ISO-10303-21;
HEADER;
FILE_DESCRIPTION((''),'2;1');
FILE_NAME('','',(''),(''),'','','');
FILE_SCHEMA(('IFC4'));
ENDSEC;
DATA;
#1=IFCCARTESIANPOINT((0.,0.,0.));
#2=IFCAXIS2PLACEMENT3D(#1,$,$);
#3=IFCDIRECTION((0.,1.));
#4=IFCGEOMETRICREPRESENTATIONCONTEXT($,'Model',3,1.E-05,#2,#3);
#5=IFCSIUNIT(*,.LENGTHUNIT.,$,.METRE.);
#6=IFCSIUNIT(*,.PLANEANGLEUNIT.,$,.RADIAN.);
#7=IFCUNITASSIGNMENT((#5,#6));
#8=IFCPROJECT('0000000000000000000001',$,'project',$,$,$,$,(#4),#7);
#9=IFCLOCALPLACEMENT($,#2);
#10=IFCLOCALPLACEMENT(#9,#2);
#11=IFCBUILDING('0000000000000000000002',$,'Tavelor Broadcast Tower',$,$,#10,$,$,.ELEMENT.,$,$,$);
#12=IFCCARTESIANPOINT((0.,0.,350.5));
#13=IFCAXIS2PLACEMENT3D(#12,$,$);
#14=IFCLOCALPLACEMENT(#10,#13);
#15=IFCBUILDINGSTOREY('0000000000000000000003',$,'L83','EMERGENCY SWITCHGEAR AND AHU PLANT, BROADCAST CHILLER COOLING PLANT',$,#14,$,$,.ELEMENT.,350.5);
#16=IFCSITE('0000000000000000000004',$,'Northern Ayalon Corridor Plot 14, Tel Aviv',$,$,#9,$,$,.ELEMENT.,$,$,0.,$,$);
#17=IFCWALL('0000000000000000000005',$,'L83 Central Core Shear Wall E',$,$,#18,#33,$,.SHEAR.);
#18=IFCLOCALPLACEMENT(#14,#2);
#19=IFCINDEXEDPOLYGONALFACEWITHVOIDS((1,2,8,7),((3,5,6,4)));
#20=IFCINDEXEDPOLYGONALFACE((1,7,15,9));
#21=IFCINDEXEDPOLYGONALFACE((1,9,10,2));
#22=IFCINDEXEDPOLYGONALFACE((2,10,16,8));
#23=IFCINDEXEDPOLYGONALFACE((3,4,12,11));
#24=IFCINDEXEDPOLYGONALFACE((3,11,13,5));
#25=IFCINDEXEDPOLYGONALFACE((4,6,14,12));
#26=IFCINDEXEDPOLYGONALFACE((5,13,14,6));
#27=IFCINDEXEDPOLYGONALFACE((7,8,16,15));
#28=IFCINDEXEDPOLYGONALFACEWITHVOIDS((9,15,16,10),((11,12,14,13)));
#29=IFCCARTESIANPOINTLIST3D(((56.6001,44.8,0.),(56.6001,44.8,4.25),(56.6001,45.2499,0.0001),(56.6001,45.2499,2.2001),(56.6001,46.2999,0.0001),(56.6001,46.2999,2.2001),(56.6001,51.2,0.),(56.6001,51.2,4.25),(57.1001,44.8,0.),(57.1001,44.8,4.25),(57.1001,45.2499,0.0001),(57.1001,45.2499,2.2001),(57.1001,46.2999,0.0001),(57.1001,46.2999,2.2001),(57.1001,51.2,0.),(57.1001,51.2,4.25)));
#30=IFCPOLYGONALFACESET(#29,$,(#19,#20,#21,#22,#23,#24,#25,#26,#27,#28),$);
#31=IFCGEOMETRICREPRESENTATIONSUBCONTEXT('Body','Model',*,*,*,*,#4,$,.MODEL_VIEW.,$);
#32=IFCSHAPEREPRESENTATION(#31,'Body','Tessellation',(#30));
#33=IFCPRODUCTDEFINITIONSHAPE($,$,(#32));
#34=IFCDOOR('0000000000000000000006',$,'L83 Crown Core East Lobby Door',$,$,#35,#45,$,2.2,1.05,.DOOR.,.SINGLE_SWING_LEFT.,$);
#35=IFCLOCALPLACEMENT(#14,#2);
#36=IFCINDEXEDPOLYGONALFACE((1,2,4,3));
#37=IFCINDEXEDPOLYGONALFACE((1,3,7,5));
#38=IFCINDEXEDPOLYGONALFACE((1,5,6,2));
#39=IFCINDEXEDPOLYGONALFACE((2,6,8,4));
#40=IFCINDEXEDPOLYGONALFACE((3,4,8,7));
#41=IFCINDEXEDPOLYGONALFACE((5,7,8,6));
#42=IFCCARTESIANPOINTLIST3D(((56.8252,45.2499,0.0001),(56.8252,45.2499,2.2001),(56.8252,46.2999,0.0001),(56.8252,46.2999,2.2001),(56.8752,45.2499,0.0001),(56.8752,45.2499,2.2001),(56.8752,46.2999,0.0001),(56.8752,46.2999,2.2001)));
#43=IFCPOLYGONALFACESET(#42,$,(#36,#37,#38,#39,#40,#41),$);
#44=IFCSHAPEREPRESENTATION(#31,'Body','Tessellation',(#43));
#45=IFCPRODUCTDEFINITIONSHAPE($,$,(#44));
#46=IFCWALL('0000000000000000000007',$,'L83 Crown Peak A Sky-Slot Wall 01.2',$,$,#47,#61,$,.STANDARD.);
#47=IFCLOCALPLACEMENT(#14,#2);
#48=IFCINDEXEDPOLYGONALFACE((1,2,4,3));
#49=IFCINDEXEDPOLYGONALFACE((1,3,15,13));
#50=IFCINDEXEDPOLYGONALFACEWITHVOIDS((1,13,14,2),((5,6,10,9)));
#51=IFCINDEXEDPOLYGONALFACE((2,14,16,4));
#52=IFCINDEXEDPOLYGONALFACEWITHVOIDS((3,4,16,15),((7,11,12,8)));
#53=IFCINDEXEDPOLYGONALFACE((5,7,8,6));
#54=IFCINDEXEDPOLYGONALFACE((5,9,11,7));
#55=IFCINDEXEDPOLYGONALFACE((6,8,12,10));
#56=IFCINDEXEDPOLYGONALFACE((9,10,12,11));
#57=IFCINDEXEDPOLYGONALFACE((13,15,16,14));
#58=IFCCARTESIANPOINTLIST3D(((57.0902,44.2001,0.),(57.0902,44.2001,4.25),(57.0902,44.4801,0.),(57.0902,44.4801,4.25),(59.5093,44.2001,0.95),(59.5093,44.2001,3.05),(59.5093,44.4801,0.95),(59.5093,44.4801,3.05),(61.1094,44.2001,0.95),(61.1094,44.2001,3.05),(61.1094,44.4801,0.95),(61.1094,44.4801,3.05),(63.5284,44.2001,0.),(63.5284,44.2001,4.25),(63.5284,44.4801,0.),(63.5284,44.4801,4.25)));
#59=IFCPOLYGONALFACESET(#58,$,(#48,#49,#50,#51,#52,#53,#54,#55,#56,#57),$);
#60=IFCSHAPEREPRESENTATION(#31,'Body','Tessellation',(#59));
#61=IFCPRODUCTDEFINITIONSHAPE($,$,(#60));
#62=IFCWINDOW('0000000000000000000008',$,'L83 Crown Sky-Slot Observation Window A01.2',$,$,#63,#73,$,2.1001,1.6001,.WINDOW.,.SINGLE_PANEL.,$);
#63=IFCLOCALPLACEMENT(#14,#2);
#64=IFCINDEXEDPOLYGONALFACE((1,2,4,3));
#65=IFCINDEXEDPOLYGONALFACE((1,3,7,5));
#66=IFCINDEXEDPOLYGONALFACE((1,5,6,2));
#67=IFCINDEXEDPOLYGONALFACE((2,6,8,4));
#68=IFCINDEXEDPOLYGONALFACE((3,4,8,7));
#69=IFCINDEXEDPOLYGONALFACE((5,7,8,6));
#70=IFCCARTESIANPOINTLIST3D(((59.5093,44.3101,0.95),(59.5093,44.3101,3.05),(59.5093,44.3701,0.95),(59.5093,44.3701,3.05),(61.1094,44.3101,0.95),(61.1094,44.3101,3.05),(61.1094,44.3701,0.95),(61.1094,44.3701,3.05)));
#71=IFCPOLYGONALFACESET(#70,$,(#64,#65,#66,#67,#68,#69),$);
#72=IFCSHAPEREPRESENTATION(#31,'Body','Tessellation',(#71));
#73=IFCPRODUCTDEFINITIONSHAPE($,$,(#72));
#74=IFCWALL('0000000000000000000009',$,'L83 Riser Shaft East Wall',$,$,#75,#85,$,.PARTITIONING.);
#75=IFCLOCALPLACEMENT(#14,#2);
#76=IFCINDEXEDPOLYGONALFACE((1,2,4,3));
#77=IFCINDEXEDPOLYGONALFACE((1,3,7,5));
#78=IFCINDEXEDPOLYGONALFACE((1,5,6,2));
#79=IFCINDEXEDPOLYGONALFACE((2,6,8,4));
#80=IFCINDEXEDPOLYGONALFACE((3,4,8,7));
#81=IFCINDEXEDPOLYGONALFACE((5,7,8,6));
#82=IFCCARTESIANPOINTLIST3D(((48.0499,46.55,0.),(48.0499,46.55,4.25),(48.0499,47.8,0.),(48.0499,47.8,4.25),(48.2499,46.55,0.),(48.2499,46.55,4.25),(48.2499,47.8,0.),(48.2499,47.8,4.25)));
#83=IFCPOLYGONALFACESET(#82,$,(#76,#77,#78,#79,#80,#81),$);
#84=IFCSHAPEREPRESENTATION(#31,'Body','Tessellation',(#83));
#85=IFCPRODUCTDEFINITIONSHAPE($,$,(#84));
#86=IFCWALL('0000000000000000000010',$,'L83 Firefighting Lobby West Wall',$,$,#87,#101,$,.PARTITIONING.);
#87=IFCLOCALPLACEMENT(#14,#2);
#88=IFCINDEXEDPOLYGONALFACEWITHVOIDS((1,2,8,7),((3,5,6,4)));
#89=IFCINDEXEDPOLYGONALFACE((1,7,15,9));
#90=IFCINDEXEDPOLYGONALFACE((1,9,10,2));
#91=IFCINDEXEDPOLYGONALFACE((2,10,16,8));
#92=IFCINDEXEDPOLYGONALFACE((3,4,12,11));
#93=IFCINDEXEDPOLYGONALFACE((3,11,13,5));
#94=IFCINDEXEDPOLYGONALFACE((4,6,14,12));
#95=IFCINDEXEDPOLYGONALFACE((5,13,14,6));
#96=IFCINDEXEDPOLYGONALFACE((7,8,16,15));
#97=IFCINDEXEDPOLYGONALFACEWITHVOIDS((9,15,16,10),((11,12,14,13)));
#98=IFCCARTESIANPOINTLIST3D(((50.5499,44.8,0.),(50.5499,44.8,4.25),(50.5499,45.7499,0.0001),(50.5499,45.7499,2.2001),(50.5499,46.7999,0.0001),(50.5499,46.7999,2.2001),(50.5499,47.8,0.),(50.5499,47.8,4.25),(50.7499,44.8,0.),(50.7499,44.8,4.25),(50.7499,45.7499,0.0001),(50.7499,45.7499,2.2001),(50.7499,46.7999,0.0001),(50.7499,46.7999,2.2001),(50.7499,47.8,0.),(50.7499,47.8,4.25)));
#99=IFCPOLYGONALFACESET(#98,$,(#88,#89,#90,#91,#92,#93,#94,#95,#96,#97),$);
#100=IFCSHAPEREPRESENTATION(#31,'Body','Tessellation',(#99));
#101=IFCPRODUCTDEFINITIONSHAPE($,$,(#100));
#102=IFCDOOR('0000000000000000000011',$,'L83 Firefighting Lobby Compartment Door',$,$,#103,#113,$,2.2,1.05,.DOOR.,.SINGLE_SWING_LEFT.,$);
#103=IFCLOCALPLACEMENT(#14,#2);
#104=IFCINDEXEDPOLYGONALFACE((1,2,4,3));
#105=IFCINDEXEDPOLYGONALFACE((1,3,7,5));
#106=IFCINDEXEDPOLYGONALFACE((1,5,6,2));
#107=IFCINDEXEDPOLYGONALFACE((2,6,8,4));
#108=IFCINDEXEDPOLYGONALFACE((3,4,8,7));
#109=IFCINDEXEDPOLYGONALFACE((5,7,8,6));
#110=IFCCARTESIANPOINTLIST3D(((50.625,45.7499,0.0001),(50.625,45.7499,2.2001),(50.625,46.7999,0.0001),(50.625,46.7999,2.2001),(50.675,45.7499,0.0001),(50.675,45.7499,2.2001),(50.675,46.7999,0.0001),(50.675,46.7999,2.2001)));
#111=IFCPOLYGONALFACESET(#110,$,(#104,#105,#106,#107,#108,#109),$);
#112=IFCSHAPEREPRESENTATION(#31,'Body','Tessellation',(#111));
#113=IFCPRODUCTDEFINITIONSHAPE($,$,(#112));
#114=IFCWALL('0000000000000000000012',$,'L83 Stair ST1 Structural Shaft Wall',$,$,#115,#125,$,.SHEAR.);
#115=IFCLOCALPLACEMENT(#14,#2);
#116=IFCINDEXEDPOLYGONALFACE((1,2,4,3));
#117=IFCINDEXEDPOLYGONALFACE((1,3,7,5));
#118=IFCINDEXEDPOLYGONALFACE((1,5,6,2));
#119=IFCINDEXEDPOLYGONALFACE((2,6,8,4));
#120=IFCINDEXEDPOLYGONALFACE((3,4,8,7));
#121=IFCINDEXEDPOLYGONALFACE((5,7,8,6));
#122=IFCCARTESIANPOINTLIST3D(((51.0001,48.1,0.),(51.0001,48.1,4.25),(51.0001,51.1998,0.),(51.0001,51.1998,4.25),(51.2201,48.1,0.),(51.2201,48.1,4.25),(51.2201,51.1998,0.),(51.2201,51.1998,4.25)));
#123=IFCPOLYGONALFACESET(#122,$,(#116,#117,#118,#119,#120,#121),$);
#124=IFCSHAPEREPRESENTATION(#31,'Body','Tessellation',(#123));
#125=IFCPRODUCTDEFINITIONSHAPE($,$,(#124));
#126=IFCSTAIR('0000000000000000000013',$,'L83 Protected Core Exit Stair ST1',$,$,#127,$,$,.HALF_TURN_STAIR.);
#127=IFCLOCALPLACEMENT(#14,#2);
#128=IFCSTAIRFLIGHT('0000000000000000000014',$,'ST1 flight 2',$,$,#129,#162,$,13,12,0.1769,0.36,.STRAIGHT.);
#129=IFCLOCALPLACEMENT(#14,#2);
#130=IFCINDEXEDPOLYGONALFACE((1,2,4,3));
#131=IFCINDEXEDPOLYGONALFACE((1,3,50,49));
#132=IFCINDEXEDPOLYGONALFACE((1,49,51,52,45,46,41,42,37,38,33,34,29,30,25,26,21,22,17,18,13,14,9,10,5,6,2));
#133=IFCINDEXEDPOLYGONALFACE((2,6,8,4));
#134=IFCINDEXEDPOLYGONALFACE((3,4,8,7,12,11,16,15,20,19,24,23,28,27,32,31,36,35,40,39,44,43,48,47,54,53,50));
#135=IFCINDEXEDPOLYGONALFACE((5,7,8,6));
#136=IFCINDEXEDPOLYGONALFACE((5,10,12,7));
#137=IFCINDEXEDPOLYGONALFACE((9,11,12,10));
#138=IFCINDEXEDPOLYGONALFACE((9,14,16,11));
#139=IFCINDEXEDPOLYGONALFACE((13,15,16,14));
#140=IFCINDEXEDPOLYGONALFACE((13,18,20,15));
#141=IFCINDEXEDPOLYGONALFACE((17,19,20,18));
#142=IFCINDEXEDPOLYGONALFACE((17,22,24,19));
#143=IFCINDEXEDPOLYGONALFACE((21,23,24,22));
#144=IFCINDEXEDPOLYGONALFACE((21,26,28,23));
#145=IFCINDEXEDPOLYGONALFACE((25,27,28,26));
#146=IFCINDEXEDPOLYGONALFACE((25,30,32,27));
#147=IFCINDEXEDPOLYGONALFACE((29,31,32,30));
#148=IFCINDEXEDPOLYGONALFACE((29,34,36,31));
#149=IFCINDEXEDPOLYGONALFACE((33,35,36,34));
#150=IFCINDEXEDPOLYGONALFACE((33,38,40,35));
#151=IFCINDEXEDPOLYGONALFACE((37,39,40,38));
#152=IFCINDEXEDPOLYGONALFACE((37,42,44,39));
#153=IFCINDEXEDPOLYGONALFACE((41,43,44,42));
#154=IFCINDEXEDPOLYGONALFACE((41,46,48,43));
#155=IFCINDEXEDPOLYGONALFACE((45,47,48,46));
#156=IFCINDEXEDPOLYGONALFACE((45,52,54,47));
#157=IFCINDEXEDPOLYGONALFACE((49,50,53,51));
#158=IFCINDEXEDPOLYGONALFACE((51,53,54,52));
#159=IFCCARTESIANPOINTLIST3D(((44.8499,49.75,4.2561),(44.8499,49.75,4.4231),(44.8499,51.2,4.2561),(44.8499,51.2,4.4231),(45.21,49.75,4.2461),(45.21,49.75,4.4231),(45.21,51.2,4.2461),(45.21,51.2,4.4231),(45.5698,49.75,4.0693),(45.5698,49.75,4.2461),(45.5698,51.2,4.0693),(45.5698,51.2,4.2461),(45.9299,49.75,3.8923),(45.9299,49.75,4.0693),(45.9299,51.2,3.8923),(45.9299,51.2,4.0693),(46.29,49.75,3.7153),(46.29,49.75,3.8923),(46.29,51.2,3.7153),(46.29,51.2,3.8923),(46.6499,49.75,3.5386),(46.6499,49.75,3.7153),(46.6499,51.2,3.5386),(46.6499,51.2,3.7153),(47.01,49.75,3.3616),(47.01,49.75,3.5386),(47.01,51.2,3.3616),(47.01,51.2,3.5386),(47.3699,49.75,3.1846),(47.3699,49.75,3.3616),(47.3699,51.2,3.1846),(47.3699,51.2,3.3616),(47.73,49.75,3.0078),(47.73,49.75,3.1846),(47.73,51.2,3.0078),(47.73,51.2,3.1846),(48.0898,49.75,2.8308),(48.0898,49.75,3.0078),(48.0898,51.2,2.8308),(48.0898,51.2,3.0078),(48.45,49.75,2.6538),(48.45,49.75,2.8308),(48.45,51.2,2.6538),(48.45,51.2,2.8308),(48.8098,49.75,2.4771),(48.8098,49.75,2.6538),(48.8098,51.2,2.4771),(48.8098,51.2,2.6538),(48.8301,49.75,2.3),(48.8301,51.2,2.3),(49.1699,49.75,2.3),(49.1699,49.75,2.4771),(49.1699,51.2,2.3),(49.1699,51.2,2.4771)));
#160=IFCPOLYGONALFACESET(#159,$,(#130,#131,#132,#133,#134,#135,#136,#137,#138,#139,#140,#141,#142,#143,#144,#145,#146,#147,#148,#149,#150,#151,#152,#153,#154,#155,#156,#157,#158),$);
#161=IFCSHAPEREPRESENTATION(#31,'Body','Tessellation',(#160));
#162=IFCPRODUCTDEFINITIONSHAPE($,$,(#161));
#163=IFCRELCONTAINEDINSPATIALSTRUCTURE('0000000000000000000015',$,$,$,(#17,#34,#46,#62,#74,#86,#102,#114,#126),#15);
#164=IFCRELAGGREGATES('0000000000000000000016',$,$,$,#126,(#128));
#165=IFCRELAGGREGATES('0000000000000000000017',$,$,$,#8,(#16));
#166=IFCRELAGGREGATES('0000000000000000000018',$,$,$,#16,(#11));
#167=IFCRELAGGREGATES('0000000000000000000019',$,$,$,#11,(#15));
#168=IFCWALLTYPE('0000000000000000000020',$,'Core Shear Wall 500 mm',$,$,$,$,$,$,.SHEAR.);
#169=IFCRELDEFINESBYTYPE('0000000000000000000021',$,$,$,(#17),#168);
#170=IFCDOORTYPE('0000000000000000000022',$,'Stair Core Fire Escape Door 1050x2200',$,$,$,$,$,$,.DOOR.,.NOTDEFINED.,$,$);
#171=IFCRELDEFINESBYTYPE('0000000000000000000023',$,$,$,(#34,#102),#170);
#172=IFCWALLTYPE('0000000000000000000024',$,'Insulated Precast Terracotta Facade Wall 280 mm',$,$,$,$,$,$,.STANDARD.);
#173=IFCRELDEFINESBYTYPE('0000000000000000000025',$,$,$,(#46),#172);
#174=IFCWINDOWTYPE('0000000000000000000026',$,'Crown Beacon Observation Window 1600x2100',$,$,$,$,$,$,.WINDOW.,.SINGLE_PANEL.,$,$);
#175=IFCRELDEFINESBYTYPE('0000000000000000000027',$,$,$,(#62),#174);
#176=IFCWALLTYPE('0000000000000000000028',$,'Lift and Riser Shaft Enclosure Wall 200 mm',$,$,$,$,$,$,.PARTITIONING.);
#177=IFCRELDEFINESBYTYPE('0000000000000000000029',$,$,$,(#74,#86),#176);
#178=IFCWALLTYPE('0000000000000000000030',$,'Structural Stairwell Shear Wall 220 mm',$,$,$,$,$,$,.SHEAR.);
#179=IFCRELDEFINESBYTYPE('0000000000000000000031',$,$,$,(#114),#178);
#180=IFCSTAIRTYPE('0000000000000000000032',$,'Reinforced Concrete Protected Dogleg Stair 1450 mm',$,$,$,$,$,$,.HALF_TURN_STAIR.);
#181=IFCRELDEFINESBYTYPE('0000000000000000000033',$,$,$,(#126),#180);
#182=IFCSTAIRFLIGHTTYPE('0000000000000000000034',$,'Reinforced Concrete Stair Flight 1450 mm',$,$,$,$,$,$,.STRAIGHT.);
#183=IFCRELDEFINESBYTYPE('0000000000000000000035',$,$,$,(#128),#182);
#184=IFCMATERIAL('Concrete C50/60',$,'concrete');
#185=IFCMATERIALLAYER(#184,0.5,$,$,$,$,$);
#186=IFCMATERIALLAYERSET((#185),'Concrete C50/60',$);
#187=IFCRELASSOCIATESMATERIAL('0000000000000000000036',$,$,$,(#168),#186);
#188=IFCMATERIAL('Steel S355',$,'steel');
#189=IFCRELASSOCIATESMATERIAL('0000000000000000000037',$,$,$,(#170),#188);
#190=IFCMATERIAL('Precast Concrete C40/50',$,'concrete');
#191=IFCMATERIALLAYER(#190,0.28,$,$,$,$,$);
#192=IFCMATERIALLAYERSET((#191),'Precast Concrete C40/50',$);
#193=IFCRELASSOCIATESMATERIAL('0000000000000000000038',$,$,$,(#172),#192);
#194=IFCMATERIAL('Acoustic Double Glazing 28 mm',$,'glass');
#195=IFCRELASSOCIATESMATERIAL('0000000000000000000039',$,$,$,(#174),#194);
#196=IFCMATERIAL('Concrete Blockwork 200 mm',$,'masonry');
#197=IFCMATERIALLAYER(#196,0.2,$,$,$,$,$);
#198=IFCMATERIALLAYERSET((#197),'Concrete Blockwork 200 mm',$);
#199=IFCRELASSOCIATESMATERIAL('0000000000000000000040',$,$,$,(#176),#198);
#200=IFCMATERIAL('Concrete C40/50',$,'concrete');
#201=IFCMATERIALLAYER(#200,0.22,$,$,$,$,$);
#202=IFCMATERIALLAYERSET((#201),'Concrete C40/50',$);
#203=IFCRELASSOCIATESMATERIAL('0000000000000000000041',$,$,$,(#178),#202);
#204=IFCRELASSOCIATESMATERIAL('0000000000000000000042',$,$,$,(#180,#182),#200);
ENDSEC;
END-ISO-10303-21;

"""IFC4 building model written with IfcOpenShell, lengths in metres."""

from ifc_helpers import new_model, si_unit, direction, frame, frame_2d, origin, place, context, subcontext, project, spatial, polyline, rectangle, outline, extrude, material, layer, layer_set, type_object, element, fill, aggregate, save


model = new_model("IFC4")

# Units and contexts
model_context = context("Model", 3, precision=1e-05, world=origin(), true_north=direction((0.0, 1.0)))
body_context = subcontext(model_context, "Body", "Model", "MODEL_VIEW")
ifc_project = project(units=[si_unit("LENGTHUNIT", "METRE"), si_unit("PLANEANGLEUNIT", "RADIAN")], contexts=[model_context])

# Site, building, storey
site_placement = place(None, origin())
site = spatial("IfcSite", under=ifc_project, at=site_placement, Name="Northern Ayalon Corridor Plot 14, Tel Aviv", CompositionType="ELEMENT", RefElevation=0.0)
building_placement = place(site_placement, origin())
building = spatial("IfcBuilding", under=site, at=building_placement, Name="Tavelor Broadcast Tower", CompositionType="ELEMENT")
storey_placement = place(building_placement, frame((0.0, 0.0, 350.5)))
storey = spatial("IfcBuildingStorey", under=building, at=storey_placement, Name="L83", Description="EMERGENCY SWITCHGEAR AND AHU PLANT, BROADCAST CHILLER COOLING PLANT", CompositionType="ELEMENT", Elevation=350.5)

# Shared definitions
ifc_material_1 = material(Name="Concrete C50/60", Category="concrete")

# Shared definitions
ifc_material_2 = material(Name="Concrete C40/50", Category="concrete")
ifc_material_3 = material(Name="Steel S355", Category="steel")

# Wall, opening, door
ifc_layer_1 = layer(ifc_material_1, 0.5)
ifc_layer_set_1 = layer_set([ifc_layer_1], Name="Concrete C50/60")
wall_type_1 = type_object("IfcWallType", Name="Core Shear Wall 500 mm", PredefinedType="SHEAR", material=ifc_layer_set_1)
wall_1_placement = place(storey_placement, frame((56.8501, 44.8, 0.0), z_axis=(0.0, 0.0, 1.0), x_axis=(0.0, 1.0, 0.0)))
wall_1 = element("IfcWall", 1, at=wall_1_placement, inside=storey, type_object=wall_type_1, Name="L83 Central Core Shear Wall E", PredefinedType="SHEAR", context=body_context, shape_type="SweptSolid", body=[
    extrude(rectangle(XDim=6.3999, YDim=0.5, at=frame_2d((3.2, 0.0))), origin(), (0.0, 0.0, 1.0), 4.25),
])
opening_1_placement = place(wall_1_placement, frame((0.45, 0.0, 0.0)))
opening_1 = element("IfcOpeningElement", 2, at=opening_1_placement, cuts=wall_1, PredefinedType="OPENING", context=body_context, shape_type="SweptSolid", body=[
    extrude(rectangle(XDim=1.05, YDim=2.2, at=frame_2d((0.5249, 1.1001))), frame((0.0, 0.26, 0.0), z_axis=(0.0, -1.0, 0.0), x_axis=(1.0, 0.0, 0.0)), (0.0, 0.0, 1.0), 0.52),
])
door_type = type_object("IfcDoorType", Name="Stair Core Fire Escape Door 1050x2200", OperationType="NOTDEFINED", PredefinedType="DOOR", material=ifc_material_3)
door_1_placement = place(opening_1_placement, origin())
door_1 = element("IfcDoor", 3, at=door_1_placement, inside=storey, type_object=door_type, Name="L83 Crown Core East Lobby Door", OperationType="SINGLE_SWING_LEFT", OverallHeight=2.2, OverallWidth=1.05, PredefinedType="DOOR", context=body_context, shape_type="SweptSolid", body=[
    extrude(rectangle(XDim=1.05, YDim=2.2, at=frame_2d((0.5249, 1.1001))), frame((0.0, 0.0249, 0.0), z_axis=(0.0, -1.0, 0.0), x_axis=(1.0, 0.0, 0.0)), (0.0, 0.0, 1.0), 0.05),
])
fill(opening_1, door_1)

# Wall, opening, window
ifc_material_4 = material(Name="Precast Concrete C40/50", Category="concrete")
ifc_layer_2 = layer(ifc_material_4, 0.28)
ifc_layer_set_2 = layer_set([ifc_layer_2], Name="Precast Concrete C40/50")
wall_type_2 = type_object("IfcWallType", Name="Insulated Precast Terracotta Facade Wall 280 mm", PredefinedType="STANDARD", material=ifc_layer_set_2)
wall_2_placement = place(storey_placement, frame((57.0901, 44.3401, 0.0), z_axis=(0.0, 0.0, 1.0), x_axis=(1.0, 0.0, 0.0)))
wall_2 = element("IfcWall", 4, at=wall_2_placement, inside=storey, type_object=wall_type_2, Name="L83 Crown Peak A Sky-Slot Wall 01.2", PredefinedType="STANDARD", context=body_context, shape_type="SweptSolid", body=[
    extrude(rectangle(XDim=6.4382, YDim=0.28, at=frame_2d((3.2192, 0.0))), origin(), (0.0, 0.0, 1.0), 4.25),
])
opening_2_placement = place(wall_2_placement, frame((2.4192, 0.0, 0.95)))
opening_2 = element("IfcOpeningElement", 5, at=opening_2_placement, cuts=wall_2, PredefinedType="OPENING", context=body_context, shape_type="SweptSolid", body=[
    extrude(rectangle(XDim=1.6001, YDim=2.1001, at=frame_2d((0.8, 1.05))), frame((0.0, 0.1499, 0.0), z_axis=(0.0, -1.0, 0.0), x_axis=(1.0, 0.0, 0.0)), (0.0, 0.0, 1.0), 0.3),
])
ifc_material_5 = material(Name="Acoustic Double Glazing 28 mm", Category="glass")
window_type = type_object("IfcWindowType", Name="Crown Beacon Observation Window 1600x2100", PartitioningType="SINGLE_PANEL", PredefinedType="WINDOW", material=ifc_material_5)
window_placement = place(opening_2_placement, origin())
window = element("IfcWindow", 6, at=window_placement, inside=storey, type_object=window_type, Name="L83 Crown Sky-Slot Observation Window A01.2", OverallHeight=2.1001, OverallWidth=1.6001, PartitioningType="SINGLE_PANEL", PredefinedType="WINDOW", context=body_context, shape_type="SweptSolid", body=[
    extrude(rectangle(XDim=1.6001, YDim=2.1001, at=frame_2d((0.8, 1.05))), frame((0.0, 0.03, 0.0), z_axis=(0.0, -1.0, 0.0), x_axis=(1.0, 0.0, 0.0)), (0.0, 0.0, 1.0), 0.0601),
])
fill(opening_2, window)

# Wall
ifc_material_6 = material(Name="Concrete Blockwork 200 mm", Category="masonry")
ifc_layer_3 = layer(ifc_material_6, 0.2)
ifc_layer_set_3 = layer_set([ifc_layer_3], Name="Concrete Blockwork 200 mm")
wall_type_3 = type_object("IfcWallType", Name="Lift and Riser Shaft Enclosure Wall 200 mm", PredefinedType="PARTITIONING", material=ifc_layer_set_3)
wall_3_placement = place(storey_placement, frame((48.1499, 46.55, 0.0), z_axis=(0.0, 0.0, 1.0), x_axis=(0.0, 1.0, 0.0)))
element("IfcWall", 7, at=wall_3_placement, inside=storey, type_object=wall_type_3, Name="L83 Riser Shaft East Wall", PredefinedType="PARTITIONING", context=body_context, shape_type="SweptSolid", body=[
    extrude(rectangle(XDim=1.25, YDim=0.2, at=frame_2d((0.625, 0.0))), origin(), (0.0, 0.0, 1.0), 4.25),
])

# Wall, opening, door
wall_4_placement = place(storey_placement, frame((50.6499, 44.8, 0.0), z_axis=(0.0, 0.0, 1.0), x_axis=(0.0, 1.0, 0.0)))
wall_4 = element("IfcWall", 8, at=wall_4_placement, inside=storey, type_object=wall_type_3, Name="L83 Firefighting Lobby West Wall", PredefinedType="PARTITIONING", context=body_context, shape_type="SweptSolid", body=[
    extrude(rectangle(XDim=3.0, YDim=0.2, at=frame_2d((1.5, 0.0))), origin(), (0.0, 0.0, 1.0), 4.25),
])
opening_3_placement = place(wall_4_placement, frame((0.95, 0.0, 0.0)))
opening_3 = element("IfcOpeningElement", 9, at=opening_3_placement, cuts=wall_4, PredefinedType="OPENING", context=body_context, shape_type="SweptSolid", body=[
    extrude(rectangle(XDim=1.05, YDim=2.2, at=frame_2d((0.5249, 1.1001))), frame((0.0, 0.1099, 0.0), z_axis=(0.0, -1.0, 0.0), x_axis=(1.0, 0.0, 0.0)), (0.0, 0.0, 1.0), 0.22),
])
door_2_placement = place(opening_3_placement, origin())
door_2 = element("IfcDoor", 10, at=door_2_placement, inside=storey, type_object=door_type, Name="L83 Firefighting Lobby Compartment Door", OperationType="SINGLE_SWING_LEFT", OverallHeight=2.2, OverallWidth=1.05, PredefinedType="DOOR", context=body_context, shape_type="SweptSolid", body=[
    extrude(rectangle(XDim=1.05, YDim=2.2, at=frame_2d((0.5249, 1.1001))), frame((0.0, 0.0249, 0.0), z_axis=(0.0, -1.0, 0.0), x_axis=(1.0, 0.0, 0.0)), (0.0, 0.0, 1.0), 0.05),
])
fill(opening_3, door_2)

# Wall
ifc_layer_4 = layer(ifc_material_2, 0.22)
ifc_layer_set_4 = layer_set([ifc_layer_4], Name="Concrete C40/50")
wall_type_4 = type_object("IfcWallType", Name="Structural Stairwell Shear Wall 220 mm", PredefinedType="SHEAR", material=ifc_layer_set_4)
wall_5_placement = place(storey_placement, frame((51.1101, 48.1001, 0.0), z_axis=(0.0, 0.0, 1.0), x_axis=(0.0, 1.0, 0.0)))
element("IfcWall", 11, at=wall_5_placement, inside=storey, type_object=wall_type_4, Name="L83 Stair ST1 Structural Shaft Wall", PredefinedType="SHEAR", context=body_context, shape_type="SweptSolid", body=[
    extrude(rectangle(XDim=3.0999, YDim=0.22, at=frame_2d((1.5498, 0.0))), origin(), (0.0, 0.0, 1.0), 4.25),
])

# Stair, stair flight
stair_type = type_object("IfcStairType", Name="Reinforced Concrete Protected Dogleg Stair 1450 mm", PredefinedType="HALF_TURN_STAIR", material=ifc_material_2)
stair_placement = place(storey_placement, origin())
stair = element("IfcStair", 12, at=stair_placement, inside=storey, type_object=stair_type, Name="L83 Protected Core Exit Stair ST1", PredefinedType="HALF_TURN_STAIR")
stair_flight_type = type_object("IfcStairFlightType", Name="Reinforced Concrete Stair Flight 1450 mm", PredefinedType="STRAIGHT", material=ifc_material_2)
stair_flight_placement = place(storey_placement, frame((49.1699, 50.4751, 2.3), z_axis=(0.0, 0.0, 1.0), x_axis=(-1.0, 0.0, 0.0)))
stair_flight = element("IfcStairFlight", 13, at=stair_flight_placement, type_object=stair_flight_type, Name="ST1 flight 2", NumberOfRisers=13, NumberOfTreads=12, PredefinedType="STRAIGHT", RiserHeight=0.1769, TreadLength=0.36, context=body_context, shape_type="SweptSolid", body=[
    extrude(outline(polyline([(0.0, 0.0), (0.0, 0.177), (0.3601, 0.177), (0.3601, 0.3538), (0.72, 0.3538), (0.72, 0.5308), (1.0801, 0.5308), (1.0801, 0.7078), (1.4399, 0.7078), (1.4399, 0.8845), (1.8, 0.8845), (1.8, 1.0615), (2.1599, 1.0615), (2.1599, 1.2385), (2.52, 1.2385), (2.52, 1.4153), (2.8799, 1.4153), (2.8799, 1.5923), (3.24, 1.5923), (3.24, 1.7693), (3.6001, 1.7693), (3.6001, 1.946), (3.96, 1.946), (3.96, 2.123), (4.3201, 2.123), (4.3201, 2.3), (4.3201, 1.9561), (0.3398, 0.0), (0.0, 0.0)])), frame((0.0, 0.7251, 0.0), z_axis=(0.0, -1.0, 0.0), x_axis=(1.0, 0.0, 0.0)), (0.0, 0.0, 1.0), 1.45),
])
aggregate(stair, [stair_flight])

save(model, "model.ifc")
